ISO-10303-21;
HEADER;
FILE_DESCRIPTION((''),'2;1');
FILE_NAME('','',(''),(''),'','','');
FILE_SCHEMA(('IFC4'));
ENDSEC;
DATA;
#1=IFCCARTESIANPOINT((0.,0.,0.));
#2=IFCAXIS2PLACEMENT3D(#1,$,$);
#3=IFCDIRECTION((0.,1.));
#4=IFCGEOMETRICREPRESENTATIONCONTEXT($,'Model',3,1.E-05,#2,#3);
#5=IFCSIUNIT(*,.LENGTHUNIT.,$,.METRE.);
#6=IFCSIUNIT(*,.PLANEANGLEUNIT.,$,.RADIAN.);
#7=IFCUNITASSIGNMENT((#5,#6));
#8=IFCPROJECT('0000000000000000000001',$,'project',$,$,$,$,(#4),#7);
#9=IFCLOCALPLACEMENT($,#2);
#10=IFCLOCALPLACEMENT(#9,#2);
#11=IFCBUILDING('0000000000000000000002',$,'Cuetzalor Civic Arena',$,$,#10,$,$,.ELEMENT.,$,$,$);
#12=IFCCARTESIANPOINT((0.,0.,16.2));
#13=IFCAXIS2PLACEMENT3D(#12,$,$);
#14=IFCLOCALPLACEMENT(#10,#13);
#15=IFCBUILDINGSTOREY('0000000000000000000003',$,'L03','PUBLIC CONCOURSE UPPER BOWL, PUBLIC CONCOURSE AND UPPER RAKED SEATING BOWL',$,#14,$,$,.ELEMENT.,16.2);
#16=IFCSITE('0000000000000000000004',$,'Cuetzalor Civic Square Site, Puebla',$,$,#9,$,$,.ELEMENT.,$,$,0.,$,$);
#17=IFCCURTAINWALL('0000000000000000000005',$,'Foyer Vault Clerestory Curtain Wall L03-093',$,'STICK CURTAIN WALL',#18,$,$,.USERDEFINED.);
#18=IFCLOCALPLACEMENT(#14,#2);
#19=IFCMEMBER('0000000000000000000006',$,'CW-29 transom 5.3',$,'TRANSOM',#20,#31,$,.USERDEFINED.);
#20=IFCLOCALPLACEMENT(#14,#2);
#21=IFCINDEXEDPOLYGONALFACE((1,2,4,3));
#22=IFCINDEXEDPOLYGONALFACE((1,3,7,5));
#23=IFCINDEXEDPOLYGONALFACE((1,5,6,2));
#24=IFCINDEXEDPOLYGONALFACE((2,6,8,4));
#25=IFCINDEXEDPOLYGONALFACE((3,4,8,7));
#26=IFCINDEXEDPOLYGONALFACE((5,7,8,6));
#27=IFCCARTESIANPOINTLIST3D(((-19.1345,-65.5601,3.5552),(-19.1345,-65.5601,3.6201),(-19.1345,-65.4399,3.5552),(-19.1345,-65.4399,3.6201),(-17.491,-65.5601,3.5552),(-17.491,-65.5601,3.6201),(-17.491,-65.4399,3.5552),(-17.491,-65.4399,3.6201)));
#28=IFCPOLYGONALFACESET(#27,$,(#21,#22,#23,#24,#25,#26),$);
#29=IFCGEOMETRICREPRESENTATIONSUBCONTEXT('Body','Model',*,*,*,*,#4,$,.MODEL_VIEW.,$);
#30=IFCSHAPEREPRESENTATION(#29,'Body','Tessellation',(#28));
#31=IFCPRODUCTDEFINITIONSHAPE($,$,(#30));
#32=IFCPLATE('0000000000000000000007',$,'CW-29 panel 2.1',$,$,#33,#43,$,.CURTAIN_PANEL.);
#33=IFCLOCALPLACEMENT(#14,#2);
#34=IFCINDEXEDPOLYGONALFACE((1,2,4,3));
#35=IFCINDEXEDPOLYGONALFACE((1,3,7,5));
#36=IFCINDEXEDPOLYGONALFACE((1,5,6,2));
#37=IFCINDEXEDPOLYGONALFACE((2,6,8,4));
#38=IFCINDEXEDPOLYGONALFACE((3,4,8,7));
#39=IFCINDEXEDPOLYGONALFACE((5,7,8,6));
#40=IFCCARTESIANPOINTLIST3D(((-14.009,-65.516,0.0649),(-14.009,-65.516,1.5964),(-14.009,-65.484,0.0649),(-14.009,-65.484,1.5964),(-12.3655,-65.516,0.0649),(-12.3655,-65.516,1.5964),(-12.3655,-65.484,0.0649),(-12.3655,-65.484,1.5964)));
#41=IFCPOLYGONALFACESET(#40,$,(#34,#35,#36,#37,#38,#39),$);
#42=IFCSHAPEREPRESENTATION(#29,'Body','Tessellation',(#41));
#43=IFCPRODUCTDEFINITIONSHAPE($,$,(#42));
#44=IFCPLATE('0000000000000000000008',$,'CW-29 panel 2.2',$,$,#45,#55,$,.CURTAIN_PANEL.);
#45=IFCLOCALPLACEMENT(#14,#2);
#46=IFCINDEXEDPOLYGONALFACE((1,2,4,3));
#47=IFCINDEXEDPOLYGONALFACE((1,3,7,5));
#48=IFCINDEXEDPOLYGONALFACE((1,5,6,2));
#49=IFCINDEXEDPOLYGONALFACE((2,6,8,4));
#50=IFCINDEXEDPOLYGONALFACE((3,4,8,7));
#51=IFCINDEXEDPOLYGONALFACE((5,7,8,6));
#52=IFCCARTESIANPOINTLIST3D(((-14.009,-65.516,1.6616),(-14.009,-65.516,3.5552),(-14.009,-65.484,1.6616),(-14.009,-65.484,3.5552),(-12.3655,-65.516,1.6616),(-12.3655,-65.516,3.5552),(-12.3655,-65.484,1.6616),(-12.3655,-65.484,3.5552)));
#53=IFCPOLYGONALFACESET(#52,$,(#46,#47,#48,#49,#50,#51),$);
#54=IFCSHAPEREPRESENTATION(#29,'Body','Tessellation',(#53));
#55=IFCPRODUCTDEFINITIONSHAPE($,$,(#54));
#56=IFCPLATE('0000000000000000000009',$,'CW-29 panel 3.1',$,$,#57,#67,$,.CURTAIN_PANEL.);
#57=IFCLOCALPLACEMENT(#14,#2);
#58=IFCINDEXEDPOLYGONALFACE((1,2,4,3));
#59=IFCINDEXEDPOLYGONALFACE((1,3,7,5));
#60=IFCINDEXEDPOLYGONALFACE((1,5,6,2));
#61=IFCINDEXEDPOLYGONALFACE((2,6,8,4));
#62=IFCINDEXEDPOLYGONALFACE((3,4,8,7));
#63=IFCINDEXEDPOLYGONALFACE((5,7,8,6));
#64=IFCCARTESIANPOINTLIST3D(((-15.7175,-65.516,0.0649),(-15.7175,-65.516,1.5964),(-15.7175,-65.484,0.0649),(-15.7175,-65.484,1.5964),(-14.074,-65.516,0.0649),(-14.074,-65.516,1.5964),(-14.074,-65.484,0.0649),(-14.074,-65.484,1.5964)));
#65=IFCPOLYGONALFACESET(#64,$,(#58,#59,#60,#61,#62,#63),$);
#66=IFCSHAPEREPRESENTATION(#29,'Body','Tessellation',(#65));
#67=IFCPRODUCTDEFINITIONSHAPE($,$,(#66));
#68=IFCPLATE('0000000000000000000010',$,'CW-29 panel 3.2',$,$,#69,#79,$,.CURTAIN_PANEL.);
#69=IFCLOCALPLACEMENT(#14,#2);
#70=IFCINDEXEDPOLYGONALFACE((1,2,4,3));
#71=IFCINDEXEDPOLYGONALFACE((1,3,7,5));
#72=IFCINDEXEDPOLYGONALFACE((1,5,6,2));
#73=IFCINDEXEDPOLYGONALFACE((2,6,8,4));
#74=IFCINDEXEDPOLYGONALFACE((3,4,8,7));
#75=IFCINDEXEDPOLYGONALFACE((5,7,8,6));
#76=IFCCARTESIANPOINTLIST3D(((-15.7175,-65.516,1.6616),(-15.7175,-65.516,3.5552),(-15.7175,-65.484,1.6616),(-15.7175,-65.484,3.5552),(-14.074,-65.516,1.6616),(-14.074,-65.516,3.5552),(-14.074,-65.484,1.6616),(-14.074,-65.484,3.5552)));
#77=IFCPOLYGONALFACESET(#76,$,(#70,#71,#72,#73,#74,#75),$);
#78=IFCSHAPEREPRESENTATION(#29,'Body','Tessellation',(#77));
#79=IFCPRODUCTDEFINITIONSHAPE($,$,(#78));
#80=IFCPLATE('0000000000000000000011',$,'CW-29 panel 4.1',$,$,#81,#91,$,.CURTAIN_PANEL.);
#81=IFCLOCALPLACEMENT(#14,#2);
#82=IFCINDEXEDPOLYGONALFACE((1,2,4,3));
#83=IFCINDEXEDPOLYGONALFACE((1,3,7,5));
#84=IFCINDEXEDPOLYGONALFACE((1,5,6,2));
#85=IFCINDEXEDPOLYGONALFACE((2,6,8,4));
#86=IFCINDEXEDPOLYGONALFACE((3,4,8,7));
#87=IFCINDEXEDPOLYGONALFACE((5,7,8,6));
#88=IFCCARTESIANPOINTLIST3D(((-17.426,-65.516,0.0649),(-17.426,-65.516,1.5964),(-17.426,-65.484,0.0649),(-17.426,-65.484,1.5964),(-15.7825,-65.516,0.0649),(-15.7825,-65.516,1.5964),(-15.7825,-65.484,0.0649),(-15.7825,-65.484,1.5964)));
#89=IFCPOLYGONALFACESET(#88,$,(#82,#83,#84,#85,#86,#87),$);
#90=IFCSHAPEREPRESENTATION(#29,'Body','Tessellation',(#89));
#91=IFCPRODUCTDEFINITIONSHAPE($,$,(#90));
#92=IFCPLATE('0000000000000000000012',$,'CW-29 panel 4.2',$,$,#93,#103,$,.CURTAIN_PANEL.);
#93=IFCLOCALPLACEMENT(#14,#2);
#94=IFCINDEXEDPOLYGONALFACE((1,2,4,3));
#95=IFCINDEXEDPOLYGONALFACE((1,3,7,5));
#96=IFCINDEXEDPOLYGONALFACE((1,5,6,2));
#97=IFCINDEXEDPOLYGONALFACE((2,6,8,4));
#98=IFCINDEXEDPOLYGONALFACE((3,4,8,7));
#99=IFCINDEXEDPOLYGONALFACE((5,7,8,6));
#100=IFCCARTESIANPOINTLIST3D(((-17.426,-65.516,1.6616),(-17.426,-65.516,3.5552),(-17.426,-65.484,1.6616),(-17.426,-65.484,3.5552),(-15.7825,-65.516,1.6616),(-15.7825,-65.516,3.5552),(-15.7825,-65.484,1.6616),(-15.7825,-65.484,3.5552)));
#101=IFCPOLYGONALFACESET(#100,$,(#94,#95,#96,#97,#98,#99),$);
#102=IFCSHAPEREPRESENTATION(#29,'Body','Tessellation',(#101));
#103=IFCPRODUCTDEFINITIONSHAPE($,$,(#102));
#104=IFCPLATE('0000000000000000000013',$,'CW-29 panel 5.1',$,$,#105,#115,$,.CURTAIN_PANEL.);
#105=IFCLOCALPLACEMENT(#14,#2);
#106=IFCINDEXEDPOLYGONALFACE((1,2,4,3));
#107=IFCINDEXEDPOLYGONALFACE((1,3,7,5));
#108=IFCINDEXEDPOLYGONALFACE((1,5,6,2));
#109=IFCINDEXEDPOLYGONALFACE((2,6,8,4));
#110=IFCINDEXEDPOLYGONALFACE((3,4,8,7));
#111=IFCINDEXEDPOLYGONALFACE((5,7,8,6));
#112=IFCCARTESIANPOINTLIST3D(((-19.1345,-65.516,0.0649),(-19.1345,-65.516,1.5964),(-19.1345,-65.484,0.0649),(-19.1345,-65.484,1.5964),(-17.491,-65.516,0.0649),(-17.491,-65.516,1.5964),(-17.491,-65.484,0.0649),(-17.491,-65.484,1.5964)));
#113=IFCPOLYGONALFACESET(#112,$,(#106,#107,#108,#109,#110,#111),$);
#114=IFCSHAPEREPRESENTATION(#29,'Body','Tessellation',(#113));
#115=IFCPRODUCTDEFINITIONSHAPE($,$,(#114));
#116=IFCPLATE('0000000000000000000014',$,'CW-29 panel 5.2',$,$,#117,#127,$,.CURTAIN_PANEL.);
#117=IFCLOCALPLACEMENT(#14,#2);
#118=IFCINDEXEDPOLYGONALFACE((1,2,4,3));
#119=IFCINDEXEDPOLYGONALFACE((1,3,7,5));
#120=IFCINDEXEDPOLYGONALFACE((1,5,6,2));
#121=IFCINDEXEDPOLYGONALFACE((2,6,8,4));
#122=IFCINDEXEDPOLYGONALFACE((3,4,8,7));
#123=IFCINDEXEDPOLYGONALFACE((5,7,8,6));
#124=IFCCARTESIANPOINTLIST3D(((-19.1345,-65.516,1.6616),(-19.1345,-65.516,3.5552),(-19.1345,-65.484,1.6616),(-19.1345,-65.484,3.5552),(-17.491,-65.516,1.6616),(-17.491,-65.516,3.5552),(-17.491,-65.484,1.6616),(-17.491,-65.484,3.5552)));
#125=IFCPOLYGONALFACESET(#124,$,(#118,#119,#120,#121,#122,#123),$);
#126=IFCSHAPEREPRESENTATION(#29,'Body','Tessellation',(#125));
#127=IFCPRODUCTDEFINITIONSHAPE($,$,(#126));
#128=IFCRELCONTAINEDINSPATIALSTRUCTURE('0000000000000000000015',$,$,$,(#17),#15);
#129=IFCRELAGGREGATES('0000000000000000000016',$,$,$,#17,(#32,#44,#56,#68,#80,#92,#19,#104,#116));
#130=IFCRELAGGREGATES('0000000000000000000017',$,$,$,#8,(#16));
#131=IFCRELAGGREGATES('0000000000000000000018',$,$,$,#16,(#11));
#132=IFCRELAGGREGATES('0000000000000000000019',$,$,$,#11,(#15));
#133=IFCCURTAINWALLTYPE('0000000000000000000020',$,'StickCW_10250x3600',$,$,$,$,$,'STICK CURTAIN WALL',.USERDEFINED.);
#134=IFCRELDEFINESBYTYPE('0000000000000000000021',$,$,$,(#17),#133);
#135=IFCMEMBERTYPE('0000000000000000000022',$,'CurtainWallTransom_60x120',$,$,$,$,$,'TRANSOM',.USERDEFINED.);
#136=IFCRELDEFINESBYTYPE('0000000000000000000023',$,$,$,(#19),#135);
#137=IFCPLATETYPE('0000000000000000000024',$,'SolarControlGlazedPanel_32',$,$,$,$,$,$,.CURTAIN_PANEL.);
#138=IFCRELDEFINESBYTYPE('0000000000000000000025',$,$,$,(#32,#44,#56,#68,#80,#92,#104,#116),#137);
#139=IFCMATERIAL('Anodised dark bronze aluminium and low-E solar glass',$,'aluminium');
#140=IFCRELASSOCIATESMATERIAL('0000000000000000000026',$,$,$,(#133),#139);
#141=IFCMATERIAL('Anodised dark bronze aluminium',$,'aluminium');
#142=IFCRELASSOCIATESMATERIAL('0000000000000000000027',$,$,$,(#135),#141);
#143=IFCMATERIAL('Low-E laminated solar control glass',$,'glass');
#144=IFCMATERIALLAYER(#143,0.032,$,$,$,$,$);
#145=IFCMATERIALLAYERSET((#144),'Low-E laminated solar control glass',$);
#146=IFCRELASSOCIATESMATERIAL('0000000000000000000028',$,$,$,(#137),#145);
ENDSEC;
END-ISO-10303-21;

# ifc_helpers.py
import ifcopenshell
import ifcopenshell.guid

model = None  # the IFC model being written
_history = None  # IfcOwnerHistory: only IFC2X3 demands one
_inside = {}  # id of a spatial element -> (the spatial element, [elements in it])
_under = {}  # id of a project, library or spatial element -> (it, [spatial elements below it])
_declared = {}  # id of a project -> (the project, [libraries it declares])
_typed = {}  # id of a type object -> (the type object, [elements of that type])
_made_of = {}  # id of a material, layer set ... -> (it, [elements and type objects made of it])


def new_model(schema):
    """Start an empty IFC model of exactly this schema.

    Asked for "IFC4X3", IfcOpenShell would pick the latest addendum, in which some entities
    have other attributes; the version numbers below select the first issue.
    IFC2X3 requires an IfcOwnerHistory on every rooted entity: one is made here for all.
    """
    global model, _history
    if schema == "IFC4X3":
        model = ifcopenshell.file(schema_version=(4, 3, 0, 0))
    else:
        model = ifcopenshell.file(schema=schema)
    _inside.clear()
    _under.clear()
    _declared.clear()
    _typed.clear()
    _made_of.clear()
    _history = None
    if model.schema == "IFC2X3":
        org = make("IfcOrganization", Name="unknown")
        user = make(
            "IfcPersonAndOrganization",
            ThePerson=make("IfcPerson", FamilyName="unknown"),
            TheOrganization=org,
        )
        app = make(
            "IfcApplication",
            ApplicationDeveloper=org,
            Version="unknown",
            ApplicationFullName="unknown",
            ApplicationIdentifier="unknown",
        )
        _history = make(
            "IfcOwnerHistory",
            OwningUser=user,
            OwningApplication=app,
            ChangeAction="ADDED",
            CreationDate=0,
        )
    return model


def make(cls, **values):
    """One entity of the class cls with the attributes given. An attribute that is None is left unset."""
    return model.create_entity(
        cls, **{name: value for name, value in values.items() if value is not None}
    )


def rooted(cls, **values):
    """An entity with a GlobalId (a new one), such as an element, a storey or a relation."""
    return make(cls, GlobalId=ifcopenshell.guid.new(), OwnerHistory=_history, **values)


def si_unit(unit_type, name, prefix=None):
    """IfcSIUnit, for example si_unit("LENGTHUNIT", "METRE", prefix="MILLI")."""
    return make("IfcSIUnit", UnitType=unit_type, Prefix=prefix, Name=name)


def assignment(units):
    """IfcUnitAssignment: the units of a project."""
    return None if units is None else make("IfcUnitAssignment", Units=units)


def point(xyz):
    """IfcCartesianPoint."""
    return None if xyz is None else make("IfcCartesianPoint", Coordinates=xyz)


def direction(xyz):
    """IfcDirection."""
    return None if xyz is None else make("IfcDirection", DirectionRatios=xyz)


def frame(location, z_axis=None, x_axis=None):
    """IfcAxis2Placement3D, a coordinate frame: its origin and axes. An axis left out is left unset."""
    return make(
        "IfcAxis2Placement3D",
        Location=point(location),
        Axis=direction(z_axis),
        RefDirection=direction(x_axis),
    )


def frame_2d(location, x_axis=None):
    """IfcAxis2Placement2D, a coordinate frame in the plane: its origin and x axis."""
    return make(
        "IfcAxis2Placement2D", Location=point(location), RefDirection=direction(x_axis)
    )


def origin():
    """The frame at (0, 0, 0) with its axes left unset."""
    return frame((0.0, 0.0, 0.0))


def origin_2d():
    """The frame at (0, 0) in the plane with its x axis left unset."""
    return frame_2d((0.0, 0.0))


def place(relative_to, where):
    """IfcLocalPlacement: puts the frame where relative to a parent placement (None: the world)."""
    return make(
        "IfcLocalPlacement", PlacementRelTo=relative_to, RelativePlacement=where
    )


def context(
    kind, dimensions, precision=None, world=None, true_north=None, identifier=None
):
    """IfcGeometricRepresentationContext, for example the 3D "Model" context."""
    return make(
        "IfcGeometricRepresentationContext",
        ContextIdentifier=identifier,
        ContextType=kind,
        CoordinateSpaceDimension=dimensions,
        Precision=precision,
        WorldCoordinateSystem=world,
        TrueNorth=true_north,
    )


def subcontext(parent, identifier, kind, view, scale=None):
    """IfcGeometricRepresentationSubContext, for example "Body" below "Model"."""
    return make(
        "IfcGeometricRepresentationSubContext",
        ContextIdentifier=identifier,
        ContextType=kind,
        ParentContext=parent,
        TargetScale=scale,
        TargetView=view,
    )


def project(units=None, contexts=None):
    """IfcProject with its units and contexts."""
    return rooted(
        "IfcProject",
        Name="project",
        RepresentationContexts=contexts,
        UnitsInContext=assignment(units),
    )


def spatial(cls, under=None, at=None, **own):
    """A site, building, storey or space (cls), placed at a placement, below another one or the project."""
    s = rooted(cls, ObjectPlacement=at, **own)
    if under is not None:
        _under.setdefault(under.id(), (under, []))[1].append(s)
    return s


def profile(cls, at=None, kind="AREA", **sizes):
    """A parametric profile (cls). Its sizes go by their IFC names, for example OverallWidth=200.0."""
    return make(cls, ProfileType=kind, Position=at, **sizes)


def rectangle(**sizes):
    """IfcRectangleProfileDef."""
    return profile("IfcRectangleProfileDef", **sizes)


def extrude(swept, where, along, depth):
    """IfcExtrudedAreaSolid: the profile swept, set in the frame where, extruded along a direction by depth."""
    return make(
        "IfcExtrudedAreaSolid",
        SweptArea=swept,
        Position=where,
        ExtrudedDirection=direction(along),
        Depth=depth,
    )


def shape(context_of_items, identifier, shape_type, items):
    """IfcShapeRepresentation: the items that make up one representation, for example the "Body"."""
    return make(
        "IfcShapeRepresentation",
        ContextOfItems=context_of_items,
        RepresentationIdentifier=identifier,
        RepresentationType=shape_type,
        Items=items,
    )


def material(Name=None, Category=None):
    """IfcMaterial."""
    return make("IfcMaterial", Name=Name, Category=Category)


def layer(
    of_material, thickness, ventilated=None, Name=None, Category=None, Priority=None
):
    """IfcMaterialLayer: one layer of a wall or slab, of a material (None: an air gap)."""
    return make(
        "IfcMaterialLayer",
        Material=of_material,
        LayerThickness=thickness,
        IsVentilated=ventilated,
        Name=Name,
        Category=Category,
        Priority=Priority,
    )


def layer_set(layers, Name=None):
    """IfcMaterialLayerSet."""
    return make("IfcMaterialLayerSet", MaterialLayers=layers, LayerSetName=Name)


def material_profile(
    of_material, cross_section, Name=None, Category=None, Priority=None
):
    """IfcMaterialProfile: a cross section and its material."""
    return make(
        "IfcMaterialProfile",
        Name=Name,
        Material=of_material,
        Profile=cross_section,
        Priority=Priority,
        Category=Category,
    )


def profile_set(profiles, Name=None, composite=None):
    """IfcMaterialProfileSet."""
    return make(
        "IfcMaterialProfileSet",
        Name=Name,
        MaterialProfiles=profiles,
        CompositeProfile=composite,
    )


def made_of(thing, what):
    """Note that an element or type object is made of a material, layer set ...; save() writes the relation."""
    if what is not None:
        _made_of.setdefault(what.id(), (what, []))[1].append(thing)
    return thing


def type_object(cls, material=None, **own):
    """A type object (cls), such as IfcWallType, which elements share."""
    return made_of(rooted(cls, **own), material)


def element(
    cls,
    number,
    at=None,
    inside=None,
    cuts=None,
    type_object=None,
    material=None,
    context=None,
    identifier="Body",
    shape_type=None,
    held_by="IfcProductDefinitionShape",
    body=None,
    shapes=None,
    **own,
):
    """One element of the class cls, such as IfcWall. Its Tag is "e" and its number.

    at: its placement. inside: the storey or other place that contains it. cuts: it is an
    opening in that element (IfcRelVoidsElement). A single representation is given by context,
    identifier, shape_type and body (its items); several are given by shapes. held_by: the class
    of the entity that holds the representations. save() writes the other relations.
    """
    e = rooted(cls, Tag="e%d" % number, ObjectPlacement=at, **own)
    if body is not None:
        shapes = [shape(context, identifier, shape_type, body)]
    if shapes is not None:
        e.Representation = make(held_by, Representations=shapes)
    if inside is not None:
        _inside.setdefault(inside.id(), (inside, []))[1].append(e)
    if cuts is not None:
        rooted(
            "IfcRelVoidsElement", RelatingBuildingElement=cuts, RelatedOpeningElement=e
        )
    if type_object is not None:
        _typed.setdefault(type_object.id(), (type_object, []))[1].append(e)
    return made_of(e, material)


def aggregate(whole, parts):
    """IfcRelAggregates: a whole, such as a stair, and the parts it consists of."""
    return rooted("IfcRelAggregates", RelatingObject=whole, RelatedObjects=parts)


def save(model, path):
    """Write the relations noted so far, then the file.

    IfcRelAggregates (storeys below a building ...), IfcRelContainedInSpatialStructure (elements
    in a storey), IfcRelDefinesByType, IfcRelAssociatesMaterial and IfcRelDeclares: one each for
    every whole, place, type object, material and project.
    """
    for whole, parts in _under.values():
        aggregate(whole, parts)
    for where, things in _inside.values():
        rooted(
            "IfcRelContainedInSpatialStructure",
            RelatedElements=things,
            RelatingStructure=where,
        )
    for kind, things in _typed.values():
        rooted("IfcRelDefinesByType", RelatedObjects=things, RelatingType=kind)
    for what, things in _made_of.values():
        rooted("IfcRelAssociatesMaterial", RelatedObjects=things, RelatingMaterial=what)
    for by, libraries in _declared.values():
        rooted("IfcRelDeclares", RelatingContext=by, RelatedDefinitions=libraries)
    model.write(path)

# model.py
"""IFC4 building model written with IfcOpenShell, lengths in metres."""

from ifc_helpers import new_model, si_unit, direction, frame, origin, origin_2d, place, context, subcontext, project, spatial, rectangle, extrude, material, layer, layer_set, material_profile, profile_set, type_object, element, aggregate, save


model = new_model("IFC4")

# Units and contexts
model_context = context("Model", 3, precision=1e-05, world=origin(), true_north=direction((0.0, 1.0)))
body_context = subcontext(model_context, "Body", "Model", "MODEL_VIEW")
ifc_project = project(units=[si_unit("LENGTHUNIT", "METRE"), si_unit("PLANEANGLEUNIT", "RADIAN")], contexts=[model_context])

# Site, building, storey
site_placement = place(None, origin())
site = spatial("IfcSite", under=ifc_project, at=site_placement, Name="Cuetzalor Civic Square Site, Puebla", CompositionType="ELEMENT", RefElevation=0.0)
building_placement = place(site_placement, origin())
building = spatial("IfcBuilding", under=site, at=building_placement, Name="Cuetzalor Civic Arena", CompositionType="ELEMENT")
storey_placement = place(building_placement, frame((0.0, 0.0, 16.2)))
storey = spatial("IfcBuildingStorey", under=building, at=storey_placement, Name="L03", Description="PUBLIC CONCOURSE UPPER BOWL, PUBLIC CONCOURSE AND UPPER RAKED SEATING BOWL", CompositionType="ELEMENT", Elevation=16.2)

# Curtain wall, member, plates
ifc_material_1 = material(Name="Anodised dark bronze aluminium and low-E solar glass", Category="aluminium")
curtain_wall_type = type_object("IfcCurtainWallType", Name="StickCW_10250x3600", ElementType="STICK CURTAIN WALL", PredefinedType="USERDEFINED", material=ifc_material_1)
curtain_wall_placement = place(storey_placement, origin())
curtain_wall = element("IfcCurtainWall", 1, at=curtain_wall_placement, inside=storey, type_object=curtain_wall_type, Name="Foyer Vault Clerestory Curtain Wall L03-093", ObjectType="STICK CURTAIN WALL", PredefinedType="USERDEFINED")
ifc_material_2 = material(Name="Anodised dark bronze aluminium", Category="aluminium")
ifc_material_profile_1 = material_profile(ifc_material_2, rectangle(XDim=0.1201, YDim=0.0649, at=origin_2d()), Name="ALU TRANSOM 65x120")
ifc_profile_set_1 = profile_set([ifc_material_profile_1], Name="Anodised dark bronze aluminium")
member_type_1 = type_object("IfcMemberType", Name="CurtainWallTransom_60x120", ElementType="TRANSOM", PredefinedType="USERDEFINED", material=ifc_profile_set_1)
member_1_placement = place(storey_placement, frame((-17.491, -65.5, 3.5876), z_axis=(-1.0, 0.0, 0.0), x_axis=(0.0, -1.0, 0.0)))
member_1 = element("IfcMember", 2, at=member_1_placement, type_object=member_type_1, Name="CW-29 transom 5.3", ObjectType="TRANSOM", PredefinedType="USERDEFINED", context=body_context, shape_type="SweptSolid", body=[
    extrude(rectangle(XDim=0.1201, YDim=0.0649, at=origin_2d()), origin(), (0.0, 0.0, 1.0), 1.6436),
])
ifc_material_3 = material(Name="Low-E laminated solar control glass", Category="glass")
ifc_layer = layer(ifc_material_3, 0.032)
ifc_layer_set = layer_set([ifc_layer], Name="Low-E laminated solar control glass")
plate_type = type_object("IfcPlateType", Name="SolarControlGlazedPanel_32", PredefinedType="CURTAIN_PANEL", material=ifc_layer_set)
plate_1_placement = place(storey_placement, frame((-13.1873, -65.5, 0.0649), z_axis=(0.0, 0.0, 1.0), x_axis=(-1.0, 0.0, 0.0)))
plate_1 = element("IfcPlate", 3, at=plate_1_placement, type_object=plate_type, Name="CW-29 panel 2.1", PredefinedType="CURTAIN_PANEL", context=body_context, shape_type="SweptSolid", body=[
    extrude(rectangle(XDim=1.6436, YDim=0.032, at=origin_2d()), origin(), (0.0, 0.0, 1.0), 1.5315),
])
plate_2_placement = place(storey_placement, frame((-13.1873, -65.5, 1.6616), z_axis=(0.0, 0.0, 1.0), x_axis=(-1.0, 0.0, 0.0)))
plate_2 = element("IfcPlate", 4, at=plate_2_placement, type_object=plate_type, Name="CW-29 panel 2.2", PredefinedType="CURTAIN_PANEL", context=body_context, shape_type="SweptSolid", body=[
    extrude(rectangle(XDim=1.6436, YDim=0.032, at=origin_2d()), origin(), (0.0, 0.0, 1.0), 1.8936),
])
plate_3_placement = place(storey_placement, frame((-14.8958, -65.5, 0.0649), z_axis=(0.0, 0.0, 1.0), x_axis=(-1.0, 0.0, 0.0)))
plate_3 = element("IfcPlate", 5, at=plate_3_placement, type_object=plate_type, Name="CW-29 panel 3.1", PredefinedType="CURTAIN_PANEL", context=body_context, shape_type="SweptSolid", body=[
    extrude(rectangle(XDim=1.6436, YDim=0.032, at=origin_2d()), origin(), (0.0, 0.0, 1.0), 1.5315),
])
plate_4_placement = place(storey_placement, frame((-14.8958, -65.5, 1.6616), z_axis=(0.0, 0.0, 1.0), x_axis=(-1.0, 0.0, 0.0)))
plate_4 = element("IfcPlate", 6, at=plate_4_placement, type_object=plate_type, Name="CW-29 panel 3.2", PredefinedType="CURTAIN_PANEL", context=body_context, shape_type="SweptSolid", body=[
    extrude(rectangle(XDim=1.6436, YDim=0.032, at=origin_2d()), origin(), (0.0, 0.0, 1.0), 1.8936),
])
plate_5_placement = place(storey_placement, frame((-16.6042, -65.5, 0.0649), z_axis=(0.0, 0.0, 1.0), x_axis=(-1.0, 0.0, 0.0)))
plate_5 = element("IfcPlate", 7, at=plate_5_placement, type_object=plate_type, Name="CW-29 panel 4.1", PredefinedType="CURTAIN_PANEL", context=body_context, shape_type="SweptSolid", body=[
    extrude(rectangle(XDim=1.6436, YDim=0.032, at=origin_2d()), origin(), (0.0, 0.0, 1.0), 1.5315),
])
plate_6_placement = place(storey_placement, frame((-16.6042, -65.5, 1.6616), z_axis=(0.0, 0.0, 1.0), x_axis=(-1.0, 0.0, 0.0)))
plate_6 = element("IfcPlate", 8, at=plate_6_placement, type_object=plate_type, Name="CW-29 panel 4.2", PredefinedType="CURTAIN_PANEL", context=body_context, shape_type="SweptSolid", body=[
    extrude(rectangle(XDim=1.6436, YDim=0.032, at=origin_2d()), origin(), (0.0, 0.0, 1.0), 1.8936),
])
plate_7_placement = place(storey_placement, frame((-18.3127, -65.5, 0.0649), z_axis=(0.0, 0.0, 1.0), x_axis=(-1.0, 0.0, 0.0)))
plate_7 = element("IfcPlate", 9, at=plate_7_placement, type_object=plate_type, Name="CW-29 panel 5.1", PredefinedType="CURTAIN_PANEL", context=body_context, shape_type="SweptSolid", body=[
    extrude(rectangle(XDim=1.6436, YDim=0.032, at=origin_2d()), origin(), (0.0, 0.0, 1.0), 1.5315),
])
plate_8_placement = place(storey_placement, frame((-18.3127, -65.5, 1.6616), z_axis=(0.0, 0.0, 1.0), x_axis=(-1.0, 0.0, 0.0)))
plate_8 = element("IfcPlate", 10, at=plate_8_placement, type_object=plate_type, Name="CW-29 panel 5.2", PredefinedType="CURTAIN_PANEL", context=body_context, shape_type="SweptSolid", body=[
    extrude(rectangle(XDim=1.6436, YDim=0.032, at=origin_2d()), origin(), (0.0, 0.0, 1.0), 1.8936),
])
aggregate(curtain_wall, [plate_1, plate_2, plate_3, plate_4, plate_5, plate_6, member_1, plate_7, plate_8])

save(model, "model.ifc")
